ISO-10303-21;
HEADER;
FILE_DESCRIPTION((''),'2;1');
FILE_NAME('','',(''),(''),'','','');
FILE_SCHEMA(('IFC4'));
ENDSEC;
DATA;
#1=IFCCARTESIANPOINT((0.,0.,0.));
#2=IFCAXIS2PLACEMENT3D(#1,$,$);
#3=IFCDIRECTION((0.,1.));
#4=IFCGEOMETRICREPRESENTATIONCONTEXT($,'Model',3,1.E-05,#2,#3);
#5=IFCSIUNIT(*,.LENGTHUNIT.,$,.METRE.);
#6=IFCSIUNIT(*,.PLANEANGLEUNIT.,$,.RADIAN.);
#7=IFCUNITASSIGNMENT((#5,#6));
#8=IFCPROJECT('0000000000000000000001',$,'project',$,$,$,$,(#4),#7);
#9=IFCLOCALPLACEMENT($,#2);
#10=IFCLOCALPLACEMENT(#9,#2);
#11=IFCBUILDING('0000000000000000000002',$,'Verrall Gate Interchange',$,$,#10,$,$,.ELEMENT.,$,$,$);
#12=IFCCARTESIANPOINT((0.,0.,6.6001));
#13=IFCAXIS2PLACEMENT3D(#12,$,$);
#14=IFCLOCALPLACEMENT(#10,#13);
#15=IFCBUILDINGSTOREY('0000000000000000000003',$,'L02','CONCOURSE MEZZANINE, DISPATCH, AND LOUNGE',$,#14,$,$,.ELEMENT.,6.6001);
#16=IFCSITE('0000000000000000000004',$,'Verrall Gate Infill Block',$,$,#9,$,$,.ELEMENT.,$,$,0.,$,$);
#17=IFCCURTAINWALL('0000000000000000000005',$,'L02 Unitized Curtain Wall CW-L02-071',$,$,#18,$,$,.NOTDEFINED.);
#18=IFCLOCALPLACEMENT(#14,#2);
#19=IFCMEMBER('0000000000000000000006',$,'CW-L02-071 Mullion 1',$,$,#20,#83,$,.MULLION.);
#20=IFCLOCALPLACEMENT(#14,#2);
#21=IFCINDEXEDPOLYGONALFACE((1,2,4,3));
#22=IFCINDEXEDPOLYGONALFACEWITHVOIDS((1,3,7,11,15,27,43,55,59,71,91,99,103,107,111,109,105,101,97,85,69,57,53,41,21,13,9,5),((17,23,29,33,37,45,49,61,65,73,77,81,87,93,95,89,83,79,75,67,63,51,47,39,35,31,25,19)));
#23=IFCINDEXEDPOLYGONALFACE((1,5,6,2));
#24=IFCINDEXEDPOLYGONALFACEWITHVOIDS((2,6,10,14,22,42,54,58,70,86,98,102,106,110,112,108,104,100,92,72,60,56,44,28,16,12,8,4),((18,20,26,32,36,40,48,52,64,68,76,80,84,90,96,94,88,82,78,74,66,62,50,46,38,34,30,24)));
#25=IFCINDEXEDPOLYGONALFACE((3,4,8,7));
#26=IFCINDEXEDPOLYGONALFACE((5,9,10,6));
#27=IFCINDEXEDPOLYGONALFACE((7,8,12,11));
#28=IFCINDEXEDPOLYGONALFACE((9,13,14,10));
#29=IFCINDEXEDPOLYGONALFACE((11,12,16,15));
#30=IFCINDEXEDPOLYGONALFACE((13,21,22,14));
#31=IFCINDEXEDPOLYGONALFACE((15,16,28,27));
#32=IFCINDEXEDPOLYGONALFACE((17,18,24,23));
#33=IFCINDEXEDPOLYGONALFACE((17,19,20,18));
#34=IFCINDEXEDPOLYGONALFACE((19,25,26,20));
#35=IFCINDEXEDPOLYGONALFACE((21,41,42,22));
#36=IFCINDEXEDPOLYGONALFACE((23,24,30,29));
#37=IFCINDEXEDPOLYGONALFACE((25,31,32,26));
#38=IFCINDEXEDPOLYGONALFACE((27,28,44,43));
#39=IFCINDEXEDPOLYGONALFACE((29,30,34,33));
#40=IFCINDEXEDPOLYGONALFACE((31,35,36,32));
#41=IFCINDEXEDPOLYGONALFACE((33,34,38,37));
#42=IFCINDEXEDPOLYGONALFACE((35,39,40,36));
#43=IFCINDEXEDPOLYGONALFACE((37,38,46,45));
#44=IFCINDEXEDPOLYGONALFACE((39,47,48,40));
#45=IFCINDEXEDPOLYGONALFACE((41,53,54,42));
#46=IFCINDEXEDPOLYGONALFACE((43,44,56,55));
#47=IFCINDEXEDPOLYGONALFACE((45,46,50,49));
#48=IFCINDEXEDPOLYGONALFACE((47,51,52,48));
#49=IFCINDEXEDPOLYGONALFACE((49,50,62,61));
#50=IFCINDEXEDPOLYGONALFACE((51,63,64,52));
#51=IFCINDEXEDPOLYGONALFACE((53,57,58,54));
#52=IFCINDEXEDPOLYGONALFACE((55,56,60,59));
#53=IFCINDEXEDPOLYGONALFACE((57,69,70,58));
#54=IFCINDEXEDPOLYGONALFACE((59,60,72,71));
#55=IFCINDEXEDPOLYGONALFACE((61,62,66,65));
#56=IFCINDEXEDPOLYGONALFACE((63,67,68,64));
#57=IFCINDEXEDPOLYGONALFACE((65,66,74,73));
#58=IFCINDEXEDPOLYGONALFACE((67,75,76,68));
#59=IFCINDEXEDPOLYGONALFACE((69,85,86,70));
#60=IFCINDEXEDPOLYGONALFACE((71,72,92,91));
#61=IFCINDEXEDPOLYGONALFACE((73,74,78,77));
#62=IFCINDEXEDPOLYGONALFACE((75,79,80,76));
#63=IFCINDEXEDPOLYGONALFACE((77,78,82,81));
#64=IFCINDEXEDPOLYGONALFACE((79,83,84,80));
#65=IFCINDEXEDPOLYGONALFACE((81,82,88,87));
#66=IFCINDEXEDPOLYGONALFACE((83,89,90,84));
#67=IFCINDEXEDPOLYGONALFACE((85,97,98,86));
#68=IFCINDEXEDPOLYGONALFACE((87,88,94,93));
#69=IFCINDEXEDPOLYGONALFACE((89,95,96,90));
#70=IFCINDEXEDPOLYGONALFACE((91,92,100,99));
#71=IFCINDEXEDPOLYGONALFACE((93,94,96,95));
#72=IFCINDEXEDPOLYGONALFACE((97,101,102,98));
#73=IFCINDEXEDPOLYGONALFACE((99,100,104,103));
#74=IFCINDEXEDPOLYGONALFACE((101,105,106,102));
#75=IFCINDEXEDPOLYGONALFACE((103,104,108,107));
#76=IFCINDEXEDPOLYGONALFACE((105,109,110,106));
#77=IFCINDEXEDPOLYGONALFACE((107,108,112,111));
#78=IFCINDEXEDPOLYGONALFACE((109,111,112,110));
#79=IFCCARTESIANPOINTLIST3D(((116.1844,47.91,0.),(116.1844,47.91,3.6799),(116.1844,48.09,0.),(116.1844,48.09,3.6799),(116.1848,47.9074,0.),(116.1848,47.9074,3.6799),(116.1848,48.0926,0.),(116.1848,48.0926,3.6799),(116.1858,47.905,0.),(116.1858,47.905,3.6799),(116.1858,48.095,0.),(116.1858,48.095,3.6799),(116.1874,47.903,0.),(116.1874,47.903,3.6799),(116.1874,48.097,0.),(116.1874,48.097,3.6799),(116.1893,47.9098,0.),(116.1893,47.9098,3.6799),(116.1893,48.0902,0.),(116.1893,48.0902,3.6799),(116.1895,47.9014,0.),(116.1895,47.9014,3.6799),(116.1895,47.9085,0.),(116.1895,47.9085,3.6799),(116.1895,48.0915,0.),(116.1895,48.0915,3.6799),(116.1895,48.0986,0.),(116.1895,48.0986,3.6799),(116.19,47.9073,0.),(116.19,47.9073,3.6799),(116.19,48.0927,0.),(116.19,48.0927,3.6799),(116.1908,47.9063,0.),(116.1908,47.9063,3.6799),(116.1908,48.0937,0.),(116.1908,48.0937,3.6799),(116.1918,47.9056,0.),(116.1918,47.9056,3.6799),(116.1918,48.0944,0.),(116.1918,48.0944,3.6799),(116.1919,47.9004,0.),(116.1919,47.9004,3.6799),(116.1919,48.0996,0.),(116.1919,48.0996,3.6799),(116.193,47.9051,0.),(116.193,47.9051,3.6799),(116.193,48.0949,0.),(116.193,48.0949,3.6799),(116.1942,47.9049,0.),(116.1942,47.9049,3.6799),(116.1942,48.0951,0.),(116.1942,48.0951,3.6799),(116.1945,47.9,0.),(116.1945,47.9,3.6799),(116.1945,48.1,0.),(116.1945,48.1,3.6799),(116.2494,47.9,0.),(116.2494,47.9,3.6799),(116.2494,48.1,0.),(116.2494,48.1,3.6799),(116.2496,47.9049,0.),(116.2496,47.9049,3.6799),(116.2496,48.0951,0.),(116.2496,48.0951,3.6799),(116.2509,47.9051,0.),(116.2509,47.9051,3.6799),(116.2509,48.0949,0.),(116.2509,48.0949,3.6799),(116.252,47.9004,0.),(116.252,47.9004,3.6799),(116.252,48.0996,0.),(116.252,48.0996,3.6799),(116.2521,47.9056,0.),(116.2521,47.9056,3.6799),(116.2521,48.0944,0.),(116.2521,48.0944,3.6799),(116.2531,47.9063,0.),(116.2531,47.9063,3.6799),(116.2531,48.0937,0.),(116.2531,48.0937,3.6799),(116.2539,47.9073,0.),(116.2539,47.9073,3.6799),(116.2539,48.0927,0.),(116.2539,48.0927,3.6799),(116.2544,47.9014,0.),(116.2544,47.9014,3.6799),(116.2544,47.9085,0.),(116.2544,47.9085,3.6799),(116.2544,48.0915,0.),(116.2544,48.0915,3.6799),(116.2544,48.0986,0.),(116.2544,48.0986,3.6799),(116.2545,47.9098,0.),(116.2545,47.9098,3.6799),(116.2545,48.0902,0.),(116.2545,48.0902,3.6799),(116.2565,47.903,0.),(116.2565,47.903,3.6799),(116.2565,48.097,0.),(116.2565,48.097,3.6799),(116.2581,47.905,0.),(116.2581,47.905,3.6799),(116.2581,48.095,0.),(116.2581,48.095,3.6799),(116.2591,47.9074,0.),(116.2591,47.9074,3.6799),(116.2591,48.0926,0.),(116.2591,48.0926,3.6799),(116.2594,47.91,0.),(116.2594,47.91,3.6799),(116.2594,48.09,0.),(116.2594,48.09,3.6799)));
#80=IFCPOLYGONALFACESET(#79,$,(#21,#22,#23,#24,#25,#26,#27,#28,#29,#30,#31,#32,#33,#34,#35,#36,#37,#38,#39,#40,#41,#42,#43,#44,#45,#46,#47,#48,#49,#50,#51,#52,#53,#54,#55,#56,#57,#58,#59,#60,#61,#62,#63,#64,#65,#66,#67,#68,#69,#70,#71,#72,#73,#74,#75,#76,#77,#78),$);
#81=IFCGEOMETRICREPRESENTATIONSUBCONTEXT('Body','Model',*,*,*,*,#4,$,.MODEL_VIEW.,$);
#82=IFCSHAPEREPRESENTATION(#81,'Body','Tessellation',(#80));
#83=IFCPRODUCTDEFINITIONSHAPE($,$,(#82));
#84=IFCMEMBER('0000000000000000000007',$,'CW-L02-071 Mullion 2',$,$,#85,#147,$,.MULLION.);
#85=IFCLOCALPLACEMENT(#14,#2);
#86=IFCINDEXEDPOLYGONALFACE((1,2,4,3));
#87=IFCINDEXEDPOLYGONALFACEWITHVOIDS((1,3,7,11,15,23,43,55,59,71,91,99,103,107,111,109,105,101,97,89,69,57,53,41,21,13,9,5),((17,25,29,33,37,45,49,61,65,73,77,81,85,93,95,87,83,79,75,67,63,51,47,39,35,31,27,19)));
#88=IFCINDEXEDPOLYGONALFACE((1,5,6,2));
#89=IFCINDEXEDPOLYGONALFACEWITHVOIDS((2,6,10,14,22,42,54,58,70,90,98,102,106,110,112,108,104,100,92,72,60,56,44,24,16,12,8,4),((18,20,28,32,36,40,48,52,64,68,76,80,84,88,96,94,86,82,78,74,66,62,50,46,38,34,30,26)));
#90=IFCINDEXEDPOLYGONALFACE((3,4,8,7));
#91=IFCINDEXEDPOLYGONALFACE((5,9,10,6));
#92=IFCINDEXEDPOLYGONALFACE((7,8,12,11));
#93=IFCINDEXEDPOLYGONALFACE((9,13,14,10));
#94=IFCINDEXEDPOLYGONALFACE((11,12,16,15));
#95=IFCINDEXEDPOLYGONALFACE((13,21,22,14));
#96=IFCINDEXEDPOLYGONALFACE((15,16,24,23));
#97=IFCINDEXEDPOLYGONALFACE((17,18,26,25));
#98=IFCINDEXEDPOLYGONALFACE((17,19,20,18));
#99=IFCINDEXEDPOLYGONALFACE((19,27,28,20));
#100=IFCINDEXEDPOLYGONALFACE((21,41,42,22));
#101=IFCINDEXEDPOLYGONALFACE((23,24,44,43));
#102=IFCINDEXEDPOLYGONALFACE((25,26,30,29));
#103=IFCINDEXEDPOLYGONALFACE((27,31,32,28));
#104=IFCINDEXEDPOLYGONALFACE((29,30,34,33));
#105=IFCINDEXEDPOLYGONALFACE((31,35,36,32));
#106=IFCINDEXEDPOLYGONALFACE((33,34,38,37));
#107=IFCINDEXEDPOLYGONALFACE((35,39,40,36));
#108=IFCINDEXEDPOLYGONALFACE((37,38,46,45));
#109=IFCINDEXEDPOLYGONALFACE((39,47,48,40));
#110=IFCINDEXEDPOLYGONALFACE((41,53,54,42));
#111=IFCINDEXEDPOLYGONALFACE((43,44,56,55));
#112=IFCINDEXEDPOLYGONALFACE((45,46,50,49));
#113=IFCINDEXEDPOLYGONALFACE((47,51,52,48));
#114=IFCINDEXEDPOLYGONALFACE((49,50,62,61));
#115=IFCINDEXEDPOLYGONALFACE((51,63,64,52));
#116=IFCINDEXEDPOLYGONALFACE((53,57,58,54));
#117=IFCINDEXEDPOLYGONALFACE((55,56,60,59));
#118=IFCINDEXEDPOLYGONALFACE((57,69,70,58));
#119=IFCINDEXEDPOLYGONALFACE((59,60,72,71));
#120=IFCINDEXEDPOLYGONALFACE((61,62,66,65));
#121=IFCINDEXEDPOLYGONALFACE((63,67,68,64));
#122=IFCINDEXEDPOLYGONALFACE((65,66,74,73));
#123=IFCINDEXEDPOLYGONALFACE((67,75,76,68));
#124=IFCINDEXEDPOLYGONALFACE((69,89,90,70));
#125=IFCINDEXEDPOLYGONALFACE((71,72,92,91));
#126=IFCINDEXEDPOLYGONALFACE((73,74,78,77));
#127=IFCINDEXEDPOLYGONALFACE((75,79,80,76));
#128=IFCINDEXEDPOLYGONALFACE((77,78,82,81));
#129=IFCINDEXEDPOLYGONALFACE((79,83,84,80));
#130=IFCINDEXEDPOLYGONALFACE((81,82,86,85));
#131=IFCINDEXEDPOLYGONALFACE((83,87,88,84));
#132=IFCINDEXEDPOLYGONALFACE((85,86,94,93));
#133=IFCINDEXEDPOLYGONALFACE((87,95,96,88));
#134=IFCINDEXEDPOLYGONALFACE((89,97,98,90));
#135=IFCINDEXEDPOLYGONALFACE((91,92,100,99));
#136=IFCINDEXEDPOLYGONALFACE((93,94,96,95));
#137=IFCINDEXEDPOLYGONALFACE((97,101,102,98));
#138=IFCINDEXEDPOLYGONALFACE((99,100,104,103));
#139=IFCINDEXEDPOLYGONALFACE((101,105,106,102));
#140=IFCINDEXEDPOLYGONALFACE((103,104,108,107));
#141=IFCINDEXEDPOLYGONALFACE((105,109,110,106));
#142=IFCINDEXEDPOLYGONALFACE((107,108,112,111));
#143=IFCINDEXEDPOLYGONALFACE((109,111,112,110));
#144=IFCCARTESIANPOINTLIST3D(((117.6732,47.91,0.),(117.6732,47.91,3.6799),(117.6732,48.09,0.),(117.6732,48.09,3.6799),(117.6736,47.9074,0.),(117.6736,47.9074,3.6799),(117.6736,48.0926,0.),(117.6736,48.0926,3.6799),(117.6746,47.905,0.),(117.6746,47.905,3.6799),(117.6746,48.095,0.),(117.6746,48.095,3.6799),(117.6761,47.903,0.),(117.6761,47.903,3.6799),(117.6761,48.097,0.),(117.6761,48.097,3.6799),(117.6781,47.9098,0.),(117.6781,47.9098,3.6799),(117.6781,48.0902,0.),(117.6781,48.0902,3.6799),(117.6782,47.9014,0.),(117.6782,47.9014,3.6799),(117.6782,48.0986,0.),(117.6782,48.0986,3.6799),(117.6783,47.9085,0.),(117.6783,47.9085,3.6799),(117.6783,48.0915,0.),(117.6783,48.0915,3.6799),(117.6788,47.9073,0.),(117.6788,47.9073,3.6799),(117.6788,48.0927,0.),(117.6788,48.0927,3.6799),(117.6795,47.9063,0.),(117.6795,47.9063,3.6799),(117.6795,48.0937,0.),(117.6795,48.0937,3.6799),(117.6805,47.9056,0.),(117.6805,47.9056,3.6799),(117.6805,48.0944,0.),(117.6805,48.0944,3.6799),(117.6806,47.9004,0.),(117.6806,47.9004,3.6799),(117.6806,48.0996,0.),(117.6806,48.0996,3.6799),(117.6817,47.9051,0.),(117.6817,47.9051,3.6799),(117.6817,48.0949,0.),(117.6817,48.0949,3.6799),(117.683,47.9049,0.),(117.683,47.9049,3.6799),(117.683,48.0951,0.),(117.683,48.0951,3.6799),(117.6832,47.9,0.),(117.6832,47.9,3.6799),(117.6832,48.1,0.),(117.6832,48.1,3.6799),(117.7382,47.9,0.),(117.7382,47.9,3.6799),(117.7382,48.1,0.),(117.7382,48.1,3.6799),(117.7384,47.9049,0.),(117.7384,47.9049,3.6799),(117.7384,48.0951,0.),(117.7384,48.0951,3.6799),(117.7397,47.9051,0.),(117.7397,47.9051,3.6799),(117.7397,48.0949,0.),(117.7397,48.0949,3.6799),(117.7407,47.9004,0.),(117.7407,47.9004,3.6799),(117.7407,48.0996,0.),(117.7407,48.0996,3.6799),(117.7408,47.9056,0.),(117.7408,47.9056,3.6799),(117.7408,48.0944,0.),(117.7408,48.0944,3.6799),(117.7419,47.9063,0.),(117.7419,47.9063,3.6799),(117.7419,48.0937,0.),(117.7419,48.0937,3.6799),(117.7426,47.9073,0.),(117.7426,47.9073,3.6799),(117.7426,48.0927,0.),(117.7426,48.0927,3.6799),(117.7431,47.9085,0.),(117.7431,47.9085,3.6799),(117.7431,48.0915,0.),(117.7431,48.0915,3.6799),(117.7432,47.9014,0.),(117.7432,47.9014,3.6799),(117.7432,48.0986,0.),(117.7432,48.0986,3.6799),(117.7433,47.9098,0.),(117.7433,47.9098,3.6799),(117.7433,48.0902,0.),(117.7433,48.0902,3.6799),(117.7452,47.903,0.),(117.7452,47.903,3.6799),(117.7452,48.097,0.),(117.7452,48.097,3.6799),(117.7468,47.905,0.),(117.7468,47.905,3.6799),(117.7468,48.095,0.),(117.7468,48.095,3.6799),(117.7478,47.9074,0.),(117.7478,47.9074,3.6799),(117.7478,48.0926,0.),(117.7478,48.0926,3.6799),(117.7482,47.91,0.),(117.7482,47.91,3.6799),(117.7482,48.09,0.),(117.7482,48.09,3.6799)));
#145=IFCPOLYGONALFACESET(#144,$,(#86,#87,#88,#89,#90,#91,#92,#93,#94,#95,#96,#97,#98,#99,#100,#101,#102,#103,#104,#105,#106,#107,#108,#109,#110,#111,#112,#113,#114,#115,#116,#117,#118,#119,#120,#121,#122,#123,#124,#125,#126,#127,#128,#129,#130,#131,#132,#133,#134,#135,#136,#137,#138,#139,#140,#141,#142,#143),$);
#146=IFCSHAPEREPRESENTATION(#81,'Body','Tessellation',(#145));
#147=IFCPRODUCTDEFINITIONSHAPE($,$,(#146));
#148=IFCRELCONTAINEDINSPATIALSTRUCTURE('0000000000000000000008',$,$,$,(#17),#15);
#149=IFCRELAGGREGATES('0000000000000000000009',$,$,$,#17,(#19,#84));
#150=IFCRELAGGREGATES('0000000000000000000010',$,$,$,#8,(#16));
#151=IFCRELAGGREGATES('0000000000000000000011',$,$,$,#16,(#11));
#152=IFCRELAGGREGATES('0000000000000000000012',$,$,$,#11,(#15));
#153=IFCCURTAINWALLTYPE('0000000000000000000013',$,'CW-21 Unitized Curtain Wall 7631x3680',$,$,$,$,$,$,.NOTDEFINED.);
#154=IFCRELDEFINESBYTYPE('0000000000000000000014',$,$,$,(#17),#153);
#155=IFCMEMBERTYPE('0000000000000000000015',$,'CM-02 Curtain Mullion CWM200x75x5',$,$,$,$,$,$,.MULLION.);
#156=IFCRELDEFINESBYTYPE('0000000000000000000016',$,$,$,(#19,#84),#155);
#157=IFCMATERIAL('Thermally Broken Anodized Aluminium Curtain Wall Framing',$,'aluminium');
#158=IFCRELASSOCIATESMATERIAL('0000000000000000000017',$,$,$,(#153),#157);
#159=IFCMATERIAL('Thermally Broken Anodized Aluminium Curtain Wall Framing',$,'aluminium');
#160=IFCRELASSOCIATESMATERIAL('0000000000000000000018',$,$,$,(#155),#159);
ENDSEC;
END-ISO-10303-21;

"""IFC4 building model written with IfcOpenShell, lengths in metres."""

from ifc_helpers import new_model, si_unit, direction, frame, origin, origin_2d, place, context, subcontext, project, spatial, hollow_rectangle, extrude, material, material_profile, profile_set, type_object, element, aggregate, save


model = new_model("IFC4")

# Units and contexts
model_context = context("Model", 3, precision=1e-05, world=origin(), true_north=direction((0.0, 1.0)))
body_context = subcontext(model_context, "Body", "Model", "MODEL_VIEW")
ifc_project = project(units=[si_unit("LENGTHUNIT", "METRE"), si_unit("PLANEANGLEUNIT", "RADIAN")], contexts=[model_context])

# Site, building, storey
site_placement = place(None, origin())
site = spatial("IfcSite", under=ifc_project, at=site_placement, Name="Verrall Gate Infill Block", CompositionType="ELEMENT", RefElevation=0.0)
building_placement = place(site_placement, origin())
building = spatial("IfcBuilding", under=site, at=building_placement, Name="Verrall Gate Interchange", CompositionType="ELEMENT")
storey_placement = place(building_placement, frame((0.0, 0.0, 6.6001)))
storey = spatial("IfcBuildingStorey", under=building, at=storey_placement, Name="L02", Description="CONCOURSE MEZZANINE, DISPATCH, AND LOUNGE", CompositionType="ELEMENT", Elevation=6.6001)

# Curtain wall, members
ifc_material_1 = material(Name="Thermally Broken Anodized Aluminium Curtain Wall Framing", Category="aluminium")
curtain_wall_type = type_object("IfcCurtainWallType", Name="CW-21 Unitized Curtain Wall 7631x3680", PredefinedType="NOTDEFINED", material=ifc_material_1)
curtain_wall_1_placement = place(storey_placement, origin())
curtain_wall_1 = element("IfcCurtainWall", 1, at=curtain_wall_1_placement, inside=storey, type_object=curtain_wall_type, Name="L02 Unitized Curtain Wall CW-L02-071", PredefinedType="NOTDEFINED")
ifc_material_2 = material(Name="Thermally Broken Anodized Aluminium Curtain Wall Framing", Category="aluminium")
ifc_material_profile_1 = material_profile(ifc_material_2, hollow_rectangle(XDim=0.075, YDim=0.2, WallThickness=0.0049, InnerFilletRadius=0.0049, OuterFilletRadius=0.01, at=origin_2d()), Name="CWM200x75x5")
ifc_profile_set_1 = profile_set([ifc_material_profile_1], Name="Thermally Broken Anodized Aluminium Curtain Wall Framing")
member_type_1 = type_object("IfcMemberType", Name="CM-02 Curtain Mullion CWM200x75x5", PredefinedType="MULLION", material=ifc_profile_set_1)
member_1_placement = place(storey_placement, frame((116.2219, 48.0, 0.0), z_axis=(0.0, 0.0, 1.0), x_axis=(1.0, 0.0, 0.0)))
member_1 = element("IfcMember", 2, at=member_1_placement, type_object=member_type_1, Name="CW-L02-071 Mullion 1", PredefinedType="MULLION", context=body_context, shape_type="SweptSolid", body=[
    extrude(hollow_rectangle(XDim=0.075, YDim=0.2, WallThickness=0.0049, InnerFilletRadius=0.0049, OuterFilletRadius=0.01, at=origin_2d()), origin(), (0.0, 0.0, 1.0), 3.6799),
])
member_2_placement = place(storey_placement, frame((117.7107, 48.0, 0.0), z_axis=(0.0, 0.0, 1.0), x_axis=(1.0, 0.0, 0.0)))
member_2 = element("IfcMember", 3, at=member_2_placement, type_object=member_type_1, Name="CW-L02-071 Mullion 2", PredefinedType="MULLION", context=body_context, shape_type="SweptSolid", body=[
    extrude(hollow_rectangle(XDim=0.075, YDim=0.2, WallThickness=0.0049, InnerFilletRadius=0.0049, OuterFilletRadius=0.01, at=origin_2d()), origin(), (0.0, 0.0, 1.0), 3.6799),
])

aggregate(curtain_wall_1, [member_1, member_2])

save(model, "model.ifc")
